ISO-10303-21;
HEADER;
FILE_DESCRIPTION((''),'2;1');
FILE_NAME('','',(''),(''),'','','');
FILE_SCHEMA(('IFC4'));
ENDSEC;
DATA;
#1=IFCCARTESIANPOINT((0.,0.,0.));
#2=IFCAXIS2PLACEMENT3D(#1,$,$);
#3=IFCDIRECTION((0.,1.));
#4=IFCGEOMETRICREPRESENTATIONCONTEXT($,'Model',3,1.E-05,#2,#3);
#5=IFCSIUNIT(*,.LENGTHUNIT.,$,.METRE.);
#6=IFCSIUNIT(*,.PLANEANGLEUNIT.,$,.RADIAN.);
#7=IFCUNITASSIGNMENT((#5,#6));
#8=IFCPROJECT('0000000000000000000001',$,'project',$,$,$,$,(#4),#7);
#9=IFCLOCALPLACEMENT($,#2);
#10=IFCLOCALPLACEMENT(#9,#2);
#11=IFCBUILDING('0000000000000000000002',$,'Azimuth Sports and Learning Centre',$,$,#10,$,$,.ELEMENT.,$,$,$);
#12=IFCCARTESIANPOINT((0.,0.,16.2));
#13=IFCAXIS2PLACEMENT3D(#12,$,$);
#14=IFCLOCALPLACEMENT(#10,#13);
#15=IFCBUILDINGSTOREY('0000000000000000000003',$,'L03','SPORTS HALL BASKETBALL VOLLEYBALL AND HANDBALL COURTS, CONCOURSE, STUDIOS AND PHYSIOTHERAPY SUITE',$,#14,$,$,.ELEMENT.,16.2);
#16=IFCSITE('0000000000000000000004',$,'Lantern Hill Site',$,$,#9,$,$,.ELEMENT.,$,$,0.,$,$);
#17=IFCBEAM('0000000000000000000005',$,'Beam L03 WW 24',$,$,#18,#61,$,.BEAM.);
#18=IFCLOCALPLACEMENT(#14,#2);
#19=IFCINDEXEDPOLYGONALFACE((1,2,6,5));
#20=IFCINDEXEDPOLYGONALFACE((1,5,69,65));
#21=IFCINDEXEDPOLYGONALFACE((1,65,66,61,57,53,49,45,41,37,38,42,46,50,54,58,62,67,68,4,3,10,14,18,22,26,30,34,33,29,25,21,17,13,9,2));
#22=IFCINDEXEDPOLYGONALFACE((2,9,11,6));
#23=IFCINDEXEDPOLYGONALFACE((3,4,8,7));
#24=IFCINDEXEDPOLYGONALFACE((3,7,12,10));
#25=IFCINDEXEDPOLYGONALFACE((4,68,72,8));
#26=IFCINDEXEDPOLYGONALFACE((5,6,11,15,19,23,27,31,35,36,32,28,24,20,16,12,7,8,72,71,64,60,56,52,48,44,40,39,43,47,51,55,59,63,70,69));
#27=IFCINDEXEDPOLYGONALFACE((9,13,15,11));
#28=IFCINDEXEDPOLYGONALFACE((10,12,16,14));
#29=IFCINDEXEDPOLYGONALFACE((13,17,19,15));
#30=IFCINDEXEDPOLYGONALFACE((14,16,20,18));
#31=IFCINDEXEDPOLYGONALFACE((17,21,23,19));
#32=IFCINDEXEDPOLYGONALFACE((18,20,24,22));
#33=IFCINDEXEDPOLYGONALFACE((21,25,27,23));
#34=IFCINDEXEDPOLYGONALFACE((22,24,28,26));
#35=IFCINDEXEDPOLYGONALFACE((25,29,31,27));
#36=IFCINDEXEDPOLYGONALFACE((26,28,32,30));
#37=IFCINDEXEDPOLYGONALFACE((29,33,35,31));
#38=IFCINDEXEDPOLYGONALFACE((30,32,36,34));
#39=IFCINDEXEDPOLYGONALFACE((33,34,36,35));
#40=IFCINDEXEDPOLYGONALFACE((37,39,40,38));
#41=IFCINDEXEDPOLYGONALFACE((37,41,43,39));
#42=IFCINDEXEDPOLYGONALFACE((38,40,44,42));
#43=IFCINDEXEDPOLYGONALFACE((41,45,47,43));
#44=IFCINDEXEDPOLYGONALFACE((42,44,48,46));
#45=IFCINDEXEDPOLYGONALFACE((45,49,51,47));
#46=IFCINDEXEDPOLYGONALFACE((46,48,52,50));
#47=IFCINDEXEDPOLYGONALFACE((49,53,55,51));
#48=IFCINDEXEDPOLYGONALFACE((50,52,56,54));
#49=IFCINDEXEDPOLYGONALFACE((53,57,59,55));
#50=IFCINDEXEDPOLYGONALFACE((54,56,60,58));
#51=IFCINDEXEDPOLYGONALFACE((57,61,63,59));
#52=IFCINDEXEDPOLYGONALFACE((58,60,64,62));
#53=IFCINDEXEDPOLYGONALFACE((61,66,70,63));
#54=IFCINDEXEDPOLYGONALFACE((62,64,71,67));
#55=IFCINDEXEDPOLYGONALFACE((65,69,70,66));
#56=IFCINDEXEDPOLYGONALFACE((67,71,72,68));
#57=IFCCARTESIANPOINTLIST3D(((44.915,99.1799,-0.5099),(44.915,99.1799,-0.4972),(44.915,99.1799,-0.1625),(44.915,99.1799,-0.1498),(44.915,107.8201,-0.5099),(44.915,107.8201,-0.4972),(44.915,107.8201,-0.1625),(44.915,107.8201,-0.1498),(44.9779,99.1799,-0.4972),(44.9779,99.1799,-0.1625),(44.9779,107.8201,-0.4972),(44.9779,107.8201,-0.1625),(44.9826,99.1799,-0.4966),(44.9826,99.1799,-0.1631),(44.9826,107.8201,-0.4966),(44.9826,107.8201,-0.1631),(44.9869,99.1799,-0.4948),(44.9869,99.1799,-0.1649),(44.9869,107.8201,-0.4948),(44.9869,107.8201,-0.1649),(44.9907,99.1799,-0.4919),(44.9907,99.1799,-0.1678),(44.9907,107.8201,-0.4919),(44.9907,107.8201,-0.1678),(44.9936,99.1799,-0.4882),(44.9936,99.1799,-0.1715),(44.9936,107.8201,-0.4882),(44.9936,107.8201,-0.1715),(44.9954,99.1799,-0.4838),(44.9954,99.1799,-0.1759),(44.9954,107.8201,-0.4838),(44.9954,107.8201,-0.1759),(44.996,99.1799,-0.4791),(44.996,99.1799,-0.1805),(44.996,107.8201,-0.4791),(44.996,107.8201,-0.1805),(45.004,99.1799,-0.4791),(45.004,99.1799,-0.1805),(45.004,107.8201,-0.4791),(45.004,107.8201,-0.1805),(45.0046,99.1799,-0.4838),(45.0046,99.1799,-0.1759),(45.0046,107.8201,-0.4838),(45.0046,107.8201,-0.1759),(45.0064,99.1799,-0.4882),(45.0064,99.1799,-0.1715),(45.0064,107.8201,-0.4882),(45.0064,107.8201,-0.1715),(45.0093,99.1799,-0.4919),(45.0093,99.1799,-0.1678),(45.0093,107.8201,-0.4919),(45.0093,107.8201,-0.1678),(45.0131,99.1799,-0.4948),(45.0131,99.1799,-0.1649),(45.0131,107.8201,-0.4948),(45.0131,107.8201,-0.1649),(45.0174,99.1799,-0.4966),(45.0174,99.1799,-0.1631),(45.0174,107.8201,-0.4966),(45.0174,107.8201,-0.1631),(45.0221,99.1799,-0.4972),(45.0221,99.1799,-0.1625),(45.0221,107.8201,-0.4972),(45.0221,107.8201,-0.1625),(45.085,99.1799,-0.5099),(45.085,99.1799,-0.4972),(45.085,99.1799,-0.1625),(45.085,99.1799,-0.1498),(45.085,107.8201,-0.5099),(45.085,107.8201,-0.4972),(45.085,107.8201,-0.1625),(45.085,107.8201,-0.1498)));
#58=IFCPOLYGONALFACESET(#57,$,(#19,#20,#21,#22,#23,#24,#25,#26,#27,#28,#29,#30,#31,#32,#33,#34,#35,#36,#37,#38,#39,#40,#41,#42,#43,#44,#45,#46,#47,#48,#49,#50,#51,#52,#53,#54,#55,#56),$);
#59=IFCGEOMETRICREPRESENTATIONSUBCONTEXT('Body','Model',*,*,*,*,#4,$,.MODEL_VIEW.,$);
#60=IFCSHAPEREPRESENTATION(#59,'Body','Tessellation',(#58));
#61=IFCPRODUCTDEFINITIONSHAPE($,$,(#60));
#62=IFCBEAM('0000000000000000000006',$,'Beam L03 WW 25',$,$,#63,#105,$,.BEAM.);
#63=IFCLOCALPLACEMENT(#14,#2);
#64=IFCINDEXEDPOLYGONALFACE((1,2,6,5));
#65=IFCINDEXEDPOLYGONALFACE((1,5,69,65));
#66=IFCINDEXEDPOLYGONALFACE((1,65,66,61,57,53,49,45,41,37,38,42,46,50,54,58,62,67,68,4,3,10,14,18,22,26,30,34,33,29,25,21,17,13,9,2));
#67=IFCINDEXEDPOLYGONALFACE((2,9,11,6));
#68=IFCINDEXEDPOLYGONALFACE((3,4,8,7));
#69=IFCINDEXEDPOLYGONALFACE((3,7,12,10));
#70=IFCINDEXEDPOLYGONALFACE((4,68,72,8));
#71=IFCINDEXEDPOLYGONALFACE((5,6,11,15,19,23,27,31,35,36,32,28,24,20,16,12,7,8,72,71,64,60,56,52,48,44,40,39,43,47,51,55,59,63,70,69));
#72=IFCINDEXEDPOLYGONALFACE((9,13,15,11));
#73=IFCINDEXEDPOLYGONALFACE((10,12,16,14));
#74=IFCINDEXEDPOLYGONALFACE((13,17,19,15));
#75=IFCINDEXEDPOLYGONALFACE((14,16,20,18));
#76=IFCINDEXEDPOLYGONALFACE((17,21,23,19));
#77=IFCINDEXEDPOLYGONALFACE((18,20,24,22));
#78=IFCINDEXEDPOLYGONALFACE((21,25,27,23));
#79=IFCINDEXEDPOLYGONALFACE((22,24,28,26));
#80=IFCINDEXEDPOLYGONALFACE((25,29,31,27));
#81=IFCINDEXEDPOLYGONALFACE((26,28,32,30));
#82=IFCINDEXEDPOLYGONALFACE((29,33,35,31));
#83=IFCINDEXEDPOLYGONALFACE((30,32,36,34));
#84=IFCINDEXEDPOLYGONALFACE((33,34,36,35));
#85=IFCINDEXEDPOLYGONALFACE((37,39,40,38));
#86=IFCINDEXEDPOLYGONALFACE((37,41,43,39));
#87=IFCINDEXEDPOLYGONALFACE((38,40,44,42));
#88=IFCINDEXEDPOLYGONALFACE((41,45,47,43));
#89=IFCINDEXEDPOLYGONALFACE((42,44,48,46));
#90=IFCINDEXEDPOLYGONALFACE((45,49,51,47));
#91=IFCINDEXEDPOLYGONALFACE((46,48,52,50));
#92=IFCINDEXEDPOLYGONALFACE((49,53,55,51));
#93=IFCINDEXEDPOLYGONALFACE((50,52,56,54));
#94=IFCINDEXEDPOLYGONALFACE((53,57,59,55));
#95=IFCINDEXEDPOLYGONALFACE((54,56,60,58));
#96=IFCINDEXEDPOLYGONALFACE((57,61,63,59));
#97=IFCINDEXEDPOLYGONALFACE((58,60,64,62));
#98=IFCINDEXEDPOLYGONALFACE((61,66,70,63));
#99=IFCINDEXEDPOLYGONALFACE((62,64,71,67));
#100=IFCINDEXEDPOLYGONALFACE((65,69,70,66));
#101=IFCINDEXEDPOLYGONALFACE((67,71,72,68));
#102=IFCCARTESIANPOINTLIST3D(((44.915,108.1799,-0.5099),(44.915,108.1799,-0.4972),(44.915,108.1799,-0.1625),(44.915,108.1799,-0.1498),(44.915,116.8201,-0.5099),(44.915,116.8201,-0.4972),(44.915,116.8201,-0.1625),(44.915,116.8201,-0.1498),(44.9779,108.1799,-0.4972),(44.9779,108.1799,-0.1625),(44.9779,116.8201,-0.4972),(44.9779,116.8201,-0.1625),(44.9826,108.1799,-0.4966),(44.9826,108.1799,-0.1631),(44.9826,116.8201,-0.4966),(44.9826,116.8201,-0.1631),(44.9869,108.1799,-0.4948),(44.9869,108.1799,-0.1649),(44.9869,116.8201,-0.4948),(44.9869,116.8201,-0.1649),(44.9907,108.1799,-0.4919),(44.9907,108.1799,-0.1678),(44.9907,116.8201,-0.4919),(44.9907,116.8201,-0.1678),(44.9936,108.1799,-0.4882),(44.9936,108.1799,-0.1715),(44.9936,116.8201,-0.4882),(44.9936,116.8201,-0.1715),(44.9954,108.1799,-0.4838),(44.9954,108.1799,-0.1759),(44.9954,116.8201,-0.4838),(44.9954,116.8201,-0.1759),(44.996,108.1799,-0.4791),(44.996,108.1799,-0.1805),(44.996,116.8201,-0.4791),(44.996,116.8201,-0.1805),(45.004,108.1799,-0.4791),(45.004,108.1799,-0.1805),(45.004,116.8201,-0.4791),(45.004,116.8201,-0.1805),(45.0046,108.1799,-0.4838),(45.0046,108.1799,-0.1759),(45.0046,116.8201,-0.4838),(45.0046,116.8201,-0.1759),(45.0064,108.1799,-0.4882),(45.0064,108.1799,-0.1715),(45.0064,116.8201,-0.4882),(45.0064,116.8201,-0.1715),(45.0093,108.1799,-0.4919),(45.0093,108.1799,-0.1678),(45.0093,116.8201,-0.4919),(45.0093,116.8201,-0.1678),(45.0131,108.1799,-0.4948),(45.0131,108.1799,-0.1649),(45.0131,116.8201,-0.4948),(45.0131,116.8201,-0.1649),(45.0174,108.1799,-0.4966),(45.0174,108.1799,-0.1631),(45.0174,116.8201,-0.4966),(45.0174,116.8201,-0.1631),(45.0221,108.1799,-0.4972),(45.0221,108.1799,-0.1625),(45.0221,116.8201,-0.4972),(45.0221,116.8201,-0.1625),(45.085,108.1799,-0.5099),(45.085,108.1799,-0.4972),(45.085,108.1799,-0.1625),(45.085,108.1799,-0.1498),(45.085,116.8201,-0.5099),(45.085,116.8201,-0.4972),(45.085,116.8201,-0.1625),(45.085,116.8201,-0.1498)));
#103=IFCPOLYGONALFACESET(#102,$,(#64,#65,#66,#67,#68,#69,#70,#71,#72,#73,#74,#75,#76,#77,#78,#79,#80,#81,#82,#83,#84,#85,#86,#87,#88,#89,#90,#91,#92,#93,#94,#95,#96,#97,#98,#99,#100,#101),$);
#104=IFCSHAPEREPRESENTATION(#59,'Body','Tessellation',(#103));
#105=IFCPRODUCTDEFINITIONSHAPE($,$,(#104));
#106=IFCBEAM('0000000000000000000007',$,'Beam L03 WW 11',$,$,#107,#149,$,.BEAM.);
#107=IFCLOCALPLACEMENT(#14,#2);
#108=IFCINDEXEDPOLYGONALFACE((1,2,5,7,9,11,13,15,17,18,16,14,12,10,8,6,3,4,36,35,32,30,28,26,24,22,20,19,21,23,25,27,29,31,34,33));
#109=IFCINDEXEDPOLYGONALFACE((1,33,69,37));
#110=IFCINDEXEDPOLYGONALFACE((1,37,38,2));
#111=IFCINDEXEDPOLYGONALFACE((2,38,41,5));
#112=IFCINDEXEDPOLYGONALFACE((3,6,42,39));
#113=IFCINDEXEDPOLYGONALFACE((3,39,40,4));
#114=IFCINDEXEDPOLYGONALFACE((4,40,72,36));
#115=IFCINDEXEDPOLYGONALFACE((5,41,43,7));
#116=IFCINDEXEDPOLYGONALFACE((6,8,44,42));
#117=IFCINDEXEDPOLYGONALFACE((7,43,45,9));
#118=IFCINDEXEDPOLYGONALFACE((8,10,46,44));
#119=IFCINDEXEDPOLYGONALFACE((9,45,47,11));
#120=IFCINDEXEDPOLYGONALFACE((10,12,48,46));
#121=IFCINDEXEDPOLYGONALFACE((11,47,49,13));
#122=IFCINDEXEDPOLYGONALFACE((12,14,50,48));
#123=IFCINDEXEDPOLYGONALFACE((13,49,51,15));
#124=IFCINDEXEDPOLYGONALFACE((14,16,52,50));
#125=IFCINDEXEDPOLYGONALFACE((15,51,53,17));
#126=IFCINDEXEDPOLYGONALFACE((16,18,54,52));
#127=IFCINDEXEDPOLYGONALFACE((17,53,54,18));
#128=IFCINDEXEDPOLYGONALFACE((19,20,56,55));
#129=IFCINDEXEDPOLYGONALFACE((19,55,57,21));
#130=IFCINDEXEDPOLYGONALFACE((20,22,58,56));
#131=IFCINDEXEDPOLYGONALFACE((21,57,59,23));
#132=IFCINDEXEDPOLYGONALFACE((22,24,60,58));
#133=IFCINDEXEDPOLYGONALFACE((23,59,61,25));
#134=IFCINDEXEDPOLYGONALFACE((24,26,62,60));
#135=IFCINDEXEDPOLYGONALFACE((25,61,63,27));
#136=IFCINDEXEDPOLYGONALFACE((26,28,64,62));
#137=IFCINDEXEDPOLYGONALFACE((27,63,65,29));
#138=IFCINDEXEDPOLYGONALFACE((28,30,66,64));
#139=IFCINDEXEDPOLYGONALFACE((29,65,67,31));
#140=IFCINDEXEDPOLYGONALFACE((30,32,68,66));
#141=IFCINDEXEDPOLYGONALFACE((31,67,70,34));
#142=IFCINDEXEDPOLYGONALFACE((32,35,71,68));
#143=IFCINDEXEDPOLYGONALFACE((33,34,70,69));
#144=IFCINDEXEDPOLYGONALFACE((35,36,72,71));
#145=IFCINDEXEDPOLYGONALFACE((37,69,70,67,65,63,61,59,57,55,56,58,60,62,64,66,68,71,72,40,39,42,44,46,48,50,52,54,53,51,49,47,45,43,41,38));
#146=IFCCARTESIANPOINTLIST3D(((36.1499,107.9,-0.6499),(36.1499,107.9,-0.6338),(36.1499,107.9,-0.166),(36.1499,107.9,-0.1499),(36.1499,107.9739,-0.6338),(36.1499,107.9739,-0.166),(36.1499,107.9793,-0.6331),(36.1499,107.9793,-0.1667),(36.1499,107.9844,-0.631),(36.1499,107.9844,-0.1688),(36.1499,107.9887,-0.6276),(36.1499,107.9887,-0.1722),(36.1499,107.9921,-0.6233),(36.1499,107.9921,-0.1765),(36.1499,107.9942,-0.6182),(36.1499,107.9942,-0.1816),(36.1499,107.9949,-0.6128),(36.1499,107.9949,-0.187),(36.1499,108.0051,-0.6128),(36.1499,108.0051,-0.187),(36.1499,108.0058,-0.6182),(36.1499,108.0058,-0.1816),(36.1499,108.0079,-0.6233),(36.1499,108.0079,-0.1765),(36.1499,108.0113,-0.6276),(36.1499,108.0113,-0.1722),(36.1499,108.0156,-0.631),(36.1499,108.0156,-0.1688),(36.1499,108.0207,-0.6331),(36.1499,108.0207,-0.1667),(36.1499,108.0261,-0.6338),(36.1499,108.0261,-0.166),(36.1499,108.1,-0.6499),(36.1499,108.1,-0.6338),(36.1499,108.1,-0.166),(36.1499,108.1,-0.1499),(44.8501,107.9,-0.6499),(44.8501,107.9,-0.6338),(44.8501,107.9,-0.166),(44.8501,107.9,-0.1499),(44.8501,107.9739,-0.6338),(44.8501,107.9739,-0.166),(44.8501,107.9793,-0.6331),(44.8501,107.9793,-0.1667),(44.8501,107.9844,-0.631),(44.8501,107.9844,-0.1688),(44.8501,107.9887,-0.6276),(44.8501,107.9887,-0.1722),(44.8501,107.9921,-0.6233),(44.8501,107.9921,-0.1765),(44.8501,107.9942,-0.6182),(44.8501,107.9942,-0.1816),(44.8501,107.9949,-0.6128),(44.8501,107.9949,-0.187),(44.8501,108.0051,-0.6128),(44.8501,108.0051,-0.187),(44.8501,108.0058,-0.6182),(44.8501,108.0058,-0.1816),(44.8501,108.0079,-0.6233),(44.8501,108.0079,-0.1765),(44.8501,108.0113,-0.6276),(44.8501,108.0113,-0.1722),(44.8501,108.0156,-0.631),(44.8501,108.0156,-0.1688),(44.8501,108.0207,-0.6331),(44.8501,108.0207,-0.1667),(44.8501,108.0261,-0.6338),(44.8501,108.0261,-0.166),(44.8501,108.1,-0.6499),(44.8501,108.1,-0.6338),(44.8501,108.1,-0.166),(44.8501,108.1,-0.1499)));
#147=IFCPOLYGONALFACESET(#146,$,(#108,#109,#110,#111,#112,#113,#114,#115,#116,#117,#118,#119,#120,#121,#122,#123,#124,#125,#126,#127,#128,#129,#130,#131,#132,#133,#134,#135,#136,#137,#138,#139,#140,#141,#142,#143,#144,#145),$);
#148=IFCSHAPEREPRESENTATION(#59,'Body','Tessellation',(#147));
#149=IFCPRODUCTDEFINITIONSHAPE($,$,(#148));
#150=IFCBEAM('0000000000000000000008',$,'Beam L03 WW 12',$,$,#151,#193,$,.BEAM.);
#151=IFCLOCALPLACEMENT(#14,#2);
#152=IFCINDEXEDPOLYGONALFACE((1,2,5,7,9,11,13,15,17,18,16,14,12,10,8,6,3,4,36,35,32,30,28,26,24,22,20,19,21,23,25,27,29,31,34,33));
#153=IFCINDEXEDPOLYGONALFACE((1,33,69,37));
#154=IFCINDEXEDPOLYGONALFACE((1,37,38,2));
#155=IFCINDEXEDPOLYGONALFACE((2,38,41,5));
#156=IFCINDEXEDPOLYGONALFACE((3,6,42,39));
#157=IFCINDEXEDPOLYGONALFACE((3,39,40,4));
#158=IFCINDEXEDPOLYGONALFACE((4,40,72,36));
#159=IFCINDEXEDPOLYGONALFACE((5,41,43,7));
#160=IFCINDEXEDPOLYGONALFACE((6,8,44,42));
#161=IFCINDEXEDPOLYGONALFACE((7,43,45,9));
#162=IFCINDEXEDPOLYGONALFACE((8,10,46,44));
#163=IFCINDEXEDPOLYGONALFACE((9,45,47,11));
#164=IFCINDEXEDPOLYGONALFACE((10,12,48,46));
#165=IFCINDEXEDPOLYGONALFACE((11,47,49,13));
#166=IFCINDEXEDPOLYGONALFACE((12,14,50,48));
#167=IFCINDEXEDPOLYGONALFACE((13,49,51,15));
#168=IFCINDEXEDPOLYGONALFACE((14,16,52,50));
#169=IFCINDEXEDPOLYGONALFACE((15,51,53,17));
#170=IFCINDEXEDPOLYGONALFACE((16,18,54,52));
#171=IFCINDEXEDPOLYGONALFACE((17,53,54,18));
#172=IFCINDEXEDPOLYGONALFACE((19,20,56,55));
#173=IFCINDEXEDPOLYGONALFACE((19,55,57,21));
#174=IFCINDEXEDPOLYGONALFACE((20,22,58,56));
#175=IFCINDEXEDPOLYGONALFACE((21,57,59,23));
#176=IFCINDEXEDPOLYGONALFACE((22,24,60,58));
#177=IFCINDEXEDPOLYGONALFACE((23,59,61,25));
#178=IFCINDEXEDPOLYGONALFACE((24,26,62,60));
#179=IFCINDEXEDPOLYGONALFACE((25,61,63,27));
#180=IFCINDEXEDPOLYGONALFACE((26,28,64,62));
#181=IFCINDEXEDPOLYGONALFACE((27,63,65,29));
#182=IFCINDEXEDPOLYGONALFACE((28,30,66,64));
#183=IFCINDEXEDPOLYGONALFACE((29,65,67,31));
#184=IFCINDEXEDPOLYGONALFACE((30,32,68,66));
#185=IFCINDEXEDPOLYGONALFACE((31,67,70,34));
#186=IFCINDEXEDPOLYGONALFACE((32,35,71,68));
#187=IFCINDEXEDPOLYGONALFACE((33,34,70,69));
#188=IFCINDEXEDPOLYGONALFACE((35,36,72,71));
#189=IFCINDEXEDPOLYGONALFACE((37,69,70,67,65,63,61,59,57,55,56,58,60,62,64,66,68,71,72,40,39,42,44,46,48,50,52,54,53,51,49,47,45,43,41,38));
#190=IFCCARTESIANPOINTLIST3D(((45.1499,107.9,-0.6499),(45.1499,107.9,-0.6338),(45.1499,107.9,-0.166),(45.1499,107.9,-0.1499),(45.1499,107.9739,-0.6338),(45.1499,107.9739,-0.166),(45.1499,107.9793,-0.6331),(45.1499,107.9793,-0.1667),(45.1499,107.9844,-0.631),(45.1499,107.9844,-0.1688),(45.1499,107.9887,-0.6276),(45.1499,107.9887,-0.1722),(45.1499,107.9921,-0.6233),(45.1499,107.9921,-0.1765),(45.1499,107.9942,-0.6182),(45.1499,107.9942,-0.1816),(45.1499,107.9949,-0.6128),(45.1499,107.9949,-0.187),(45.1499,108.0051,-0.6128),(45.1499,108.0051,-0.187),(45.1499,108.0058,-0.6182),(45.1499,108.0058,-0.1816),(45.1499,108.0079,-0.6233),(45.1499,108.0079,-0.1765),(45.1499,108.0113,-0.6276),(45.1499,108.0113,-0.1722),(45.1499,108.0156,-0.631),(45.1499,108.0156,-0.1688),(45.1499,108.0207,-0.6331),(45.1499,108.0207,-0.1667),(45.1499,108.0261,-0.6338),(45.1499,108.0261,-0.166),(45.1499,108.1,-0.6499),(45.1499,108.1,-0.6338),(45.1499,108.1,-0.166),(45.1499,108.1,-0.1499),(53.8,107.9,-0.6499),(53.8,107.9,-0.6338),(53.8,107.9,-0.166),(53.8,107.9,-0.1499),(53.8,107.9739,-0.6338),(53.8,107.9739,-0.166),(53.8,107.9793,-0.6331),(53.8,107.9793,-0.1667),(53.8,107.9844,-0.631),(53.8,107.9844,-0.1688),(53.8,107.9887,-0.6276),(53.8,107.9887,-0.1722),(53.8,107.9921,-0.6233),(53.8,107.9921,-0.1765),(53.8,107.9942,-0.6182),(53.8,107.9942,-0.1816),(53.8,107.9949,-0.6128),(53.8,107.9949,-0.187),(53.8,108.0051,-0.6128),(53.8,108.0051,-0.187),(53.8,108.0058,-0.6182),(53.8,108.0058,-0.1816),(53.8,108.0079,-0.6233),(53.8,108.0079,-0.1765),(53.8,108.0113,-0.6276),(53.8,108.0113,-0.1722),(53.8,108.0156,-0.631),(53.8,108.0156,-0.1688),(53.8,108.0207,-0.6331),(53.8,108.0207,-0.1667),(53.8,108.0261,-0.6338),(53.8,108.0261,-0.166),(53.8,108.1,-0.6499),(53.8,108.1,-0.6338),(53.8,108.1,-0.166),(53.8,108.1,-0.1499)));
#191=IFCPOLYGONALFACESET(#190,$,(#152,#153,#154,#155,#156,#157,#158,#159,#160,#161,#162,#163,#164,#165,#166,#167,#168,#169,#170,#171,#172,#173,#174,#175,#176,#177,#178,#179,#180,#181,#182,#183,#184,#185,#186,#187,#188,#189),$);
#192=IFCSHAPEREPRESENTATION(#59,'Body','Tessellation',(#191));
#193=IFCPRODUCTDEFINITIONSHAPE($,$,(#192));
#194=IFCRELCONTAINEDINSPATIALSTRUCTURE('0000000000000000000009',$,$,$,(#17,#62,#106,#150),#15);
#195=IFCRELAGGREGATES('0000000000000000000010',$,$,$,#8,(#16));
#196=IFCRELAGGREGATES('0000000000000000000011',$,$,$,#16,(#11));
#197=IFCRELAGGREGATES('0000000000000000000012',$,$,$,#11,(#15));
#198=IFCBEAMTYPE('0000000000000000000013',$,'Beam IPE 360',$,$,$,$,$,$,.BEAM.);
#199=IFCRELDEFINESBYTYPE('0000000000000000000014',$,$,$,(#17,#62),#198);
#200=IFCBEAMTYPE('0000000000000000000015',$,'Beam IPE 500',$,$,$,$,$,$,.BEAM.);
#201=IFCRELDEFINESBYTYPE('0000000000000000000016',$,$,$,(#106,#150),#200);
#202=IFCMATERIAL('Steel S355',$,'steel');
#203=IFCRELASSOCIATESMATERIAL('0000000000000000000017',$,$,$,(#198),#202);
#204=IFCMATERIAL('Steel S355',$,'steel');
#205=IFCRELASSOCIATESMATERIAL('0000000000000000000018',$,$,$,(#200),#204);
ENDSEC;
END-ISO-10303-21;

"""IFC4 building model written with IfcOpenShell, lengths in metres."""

from ifc_helpers import new_model, si_unit, direction, frame, origin, origin_2d, place, context, subcontext, project, spatial, i_section, extrude, material, material_profile, profile_set, type_object, element, save


model = new_model("IFC4")

# Units and contexts
model_context = context("Model", 3, precision=1e-05, world=origin(), true_north=direction((0.0, 1.0)))
body_context = subcontext(model_context, "Body", "Model", "MODEL_VIEW")
ifc_project = project(units=[si_unit("LENGTHUNIT", "METRE"), si_unit("PLANEANGLEUNIT", "RADIAN")], contexts=[model_context])

# Site, building, storey
site_placement = place(None, origin())
site = spatial("IfcSite", under=ifc_project, at=site_placement, Name="Lantern Hill Site", CompositionType="ELEMENT", RefElevation=0.0)
building_placement = place(site_placement, origin())
building = spatial("IfcBuilding", under=site, at=building_placement, Name="Azimuth Sports and Learning Centre", CompositionType="ELEMENT")
storey_placement = place(building_placement, frame((0.0, 0.0, 16.2)))
storey = spatial("IfcBuildingStorey", under=building, at=storey_placement, Name="L03", Description="SPORTS HALL BASKETBALL VOLLEYBALL AND HANDBALL COURTS, CONCOURSE, STUDIOS AND PHYSIOTHERAPY SUITE", CompositionType="ELEMENT", Elevation=16.2)

# Beams
ifc_material_1 = material(Name="Steel S355", Category="steel")
ifc_material_profile_1 = material_profile(ifc_material_1, i_section(OverallWidth=0.1699, OverallDepth=0.3601, WebThickness=0.0081, FlangeThickness=0.0127, FilletRadius=0.0181, at=origin_2d()), Name="IPE 360")
ifc_profile_set_1 = profile_set([ifc_material_profile_1], Name="Steel S355")
beam_type_1 = type_object("IfcBeamType", Name="Beam IPE 360", PredefinedType="BEAM", material=ifc_profile_set_1)
for number, where, z_axis, x_axis, name in (
    (1, (45.0, 99.1799, -0.3298), (0.0, 1.0, 0.0), (-1.0, 0.0, 0.0), "Beam L03 WW 24"),
    (2, (45.0, 108.1799, -0.3298), (0.0, 1.0, 0.0), (-1.0, 0.0, 0.0), "Beam L03 WW 25"),
):
    element("IfcBeam", number, at=place(storey_placement, frame(where, z_axis=z_axis, x_axis=x_axis)), inside=storey, type_object=beam_type_1, Name=name, PredefinedType="BEAM", context=body_context, shape_type="SweptSolid", body=[
        extrude(i_section(OverallWidth=0.1699, OverallDepth=0.3601, WebThickness=0.0081, FlangeThickness=0.0127, FilletRadius=0.0181, at=origin_2d()), origin(), (0.0, 0.0, 1.0), 8.6401),
    ])
ifc_material_2 = material(Name="Steel S355", Category="steel")
ifc_material_profile_2 = material_profile(ifc_material_2, i_section(OverallWidth=0.2, OverallDepth=0.5, WebThickness=0.0103, FlangeThickness=0.0161, FilletRadius=0.021, at=origin_2d()), Name="IPE 500")
ifc_profile_set_2 = profile_set([ifc_material_profile_2], Name="Steel S355")
beam_type_2 = type_object("IfcBeamType", Name="Beam IPE 500", PredefinedType="BEAM", material=ifc_profile_set_2)
beam_1_placement = place(storey_placement, frame((36.1499, 108.0, -0.3999), z_axis=(1.0, 0.0, 0.0), x_axis=(0.0, 1.0, 0.0)))
element("IfcBeam", 3, at=beam_1_placement, inside=storey, type_object=beam_type_2, Name="Beam L03 WW 11", PredefinedType="BEAM", context=body_context, shape_type="SweptSolid", body=[
    extrude(i_section(OverallWidth=0.2, OverallDepth=0.5, WebThickness=0.0103, FlangeThickness=0.0161, FilletRadius=0.021, at=origin_2d()), origin(), (0.0, 0.0, 1.0), 8.7002),
])
beam_2_placement = place(storey_placement, frame((45.1499, 108.0, -0.3999), z_axis=(1.0, 0.0, 0.0), x_axis=(0.0, 1.0, 0.0)))
element("IfcBeam", 4, at=beam_2_placement, inside=storey, type_object=beam_type_2, Name="Beam L03 WW 12", PredefinedType="BEAM", context=body_context, shape_type="SweptSolid", body=[
    extrude(i_section(OverallWidth=0.2, OverallDepth=0.5, WebThickness=0.0103, FlangeThickness=0.0161, FilletRadius=0.021, at=origin_2d()), origin(), (0.0, 0.0, 1.0), 8.6501),
])

save(model, "model.ifc")
